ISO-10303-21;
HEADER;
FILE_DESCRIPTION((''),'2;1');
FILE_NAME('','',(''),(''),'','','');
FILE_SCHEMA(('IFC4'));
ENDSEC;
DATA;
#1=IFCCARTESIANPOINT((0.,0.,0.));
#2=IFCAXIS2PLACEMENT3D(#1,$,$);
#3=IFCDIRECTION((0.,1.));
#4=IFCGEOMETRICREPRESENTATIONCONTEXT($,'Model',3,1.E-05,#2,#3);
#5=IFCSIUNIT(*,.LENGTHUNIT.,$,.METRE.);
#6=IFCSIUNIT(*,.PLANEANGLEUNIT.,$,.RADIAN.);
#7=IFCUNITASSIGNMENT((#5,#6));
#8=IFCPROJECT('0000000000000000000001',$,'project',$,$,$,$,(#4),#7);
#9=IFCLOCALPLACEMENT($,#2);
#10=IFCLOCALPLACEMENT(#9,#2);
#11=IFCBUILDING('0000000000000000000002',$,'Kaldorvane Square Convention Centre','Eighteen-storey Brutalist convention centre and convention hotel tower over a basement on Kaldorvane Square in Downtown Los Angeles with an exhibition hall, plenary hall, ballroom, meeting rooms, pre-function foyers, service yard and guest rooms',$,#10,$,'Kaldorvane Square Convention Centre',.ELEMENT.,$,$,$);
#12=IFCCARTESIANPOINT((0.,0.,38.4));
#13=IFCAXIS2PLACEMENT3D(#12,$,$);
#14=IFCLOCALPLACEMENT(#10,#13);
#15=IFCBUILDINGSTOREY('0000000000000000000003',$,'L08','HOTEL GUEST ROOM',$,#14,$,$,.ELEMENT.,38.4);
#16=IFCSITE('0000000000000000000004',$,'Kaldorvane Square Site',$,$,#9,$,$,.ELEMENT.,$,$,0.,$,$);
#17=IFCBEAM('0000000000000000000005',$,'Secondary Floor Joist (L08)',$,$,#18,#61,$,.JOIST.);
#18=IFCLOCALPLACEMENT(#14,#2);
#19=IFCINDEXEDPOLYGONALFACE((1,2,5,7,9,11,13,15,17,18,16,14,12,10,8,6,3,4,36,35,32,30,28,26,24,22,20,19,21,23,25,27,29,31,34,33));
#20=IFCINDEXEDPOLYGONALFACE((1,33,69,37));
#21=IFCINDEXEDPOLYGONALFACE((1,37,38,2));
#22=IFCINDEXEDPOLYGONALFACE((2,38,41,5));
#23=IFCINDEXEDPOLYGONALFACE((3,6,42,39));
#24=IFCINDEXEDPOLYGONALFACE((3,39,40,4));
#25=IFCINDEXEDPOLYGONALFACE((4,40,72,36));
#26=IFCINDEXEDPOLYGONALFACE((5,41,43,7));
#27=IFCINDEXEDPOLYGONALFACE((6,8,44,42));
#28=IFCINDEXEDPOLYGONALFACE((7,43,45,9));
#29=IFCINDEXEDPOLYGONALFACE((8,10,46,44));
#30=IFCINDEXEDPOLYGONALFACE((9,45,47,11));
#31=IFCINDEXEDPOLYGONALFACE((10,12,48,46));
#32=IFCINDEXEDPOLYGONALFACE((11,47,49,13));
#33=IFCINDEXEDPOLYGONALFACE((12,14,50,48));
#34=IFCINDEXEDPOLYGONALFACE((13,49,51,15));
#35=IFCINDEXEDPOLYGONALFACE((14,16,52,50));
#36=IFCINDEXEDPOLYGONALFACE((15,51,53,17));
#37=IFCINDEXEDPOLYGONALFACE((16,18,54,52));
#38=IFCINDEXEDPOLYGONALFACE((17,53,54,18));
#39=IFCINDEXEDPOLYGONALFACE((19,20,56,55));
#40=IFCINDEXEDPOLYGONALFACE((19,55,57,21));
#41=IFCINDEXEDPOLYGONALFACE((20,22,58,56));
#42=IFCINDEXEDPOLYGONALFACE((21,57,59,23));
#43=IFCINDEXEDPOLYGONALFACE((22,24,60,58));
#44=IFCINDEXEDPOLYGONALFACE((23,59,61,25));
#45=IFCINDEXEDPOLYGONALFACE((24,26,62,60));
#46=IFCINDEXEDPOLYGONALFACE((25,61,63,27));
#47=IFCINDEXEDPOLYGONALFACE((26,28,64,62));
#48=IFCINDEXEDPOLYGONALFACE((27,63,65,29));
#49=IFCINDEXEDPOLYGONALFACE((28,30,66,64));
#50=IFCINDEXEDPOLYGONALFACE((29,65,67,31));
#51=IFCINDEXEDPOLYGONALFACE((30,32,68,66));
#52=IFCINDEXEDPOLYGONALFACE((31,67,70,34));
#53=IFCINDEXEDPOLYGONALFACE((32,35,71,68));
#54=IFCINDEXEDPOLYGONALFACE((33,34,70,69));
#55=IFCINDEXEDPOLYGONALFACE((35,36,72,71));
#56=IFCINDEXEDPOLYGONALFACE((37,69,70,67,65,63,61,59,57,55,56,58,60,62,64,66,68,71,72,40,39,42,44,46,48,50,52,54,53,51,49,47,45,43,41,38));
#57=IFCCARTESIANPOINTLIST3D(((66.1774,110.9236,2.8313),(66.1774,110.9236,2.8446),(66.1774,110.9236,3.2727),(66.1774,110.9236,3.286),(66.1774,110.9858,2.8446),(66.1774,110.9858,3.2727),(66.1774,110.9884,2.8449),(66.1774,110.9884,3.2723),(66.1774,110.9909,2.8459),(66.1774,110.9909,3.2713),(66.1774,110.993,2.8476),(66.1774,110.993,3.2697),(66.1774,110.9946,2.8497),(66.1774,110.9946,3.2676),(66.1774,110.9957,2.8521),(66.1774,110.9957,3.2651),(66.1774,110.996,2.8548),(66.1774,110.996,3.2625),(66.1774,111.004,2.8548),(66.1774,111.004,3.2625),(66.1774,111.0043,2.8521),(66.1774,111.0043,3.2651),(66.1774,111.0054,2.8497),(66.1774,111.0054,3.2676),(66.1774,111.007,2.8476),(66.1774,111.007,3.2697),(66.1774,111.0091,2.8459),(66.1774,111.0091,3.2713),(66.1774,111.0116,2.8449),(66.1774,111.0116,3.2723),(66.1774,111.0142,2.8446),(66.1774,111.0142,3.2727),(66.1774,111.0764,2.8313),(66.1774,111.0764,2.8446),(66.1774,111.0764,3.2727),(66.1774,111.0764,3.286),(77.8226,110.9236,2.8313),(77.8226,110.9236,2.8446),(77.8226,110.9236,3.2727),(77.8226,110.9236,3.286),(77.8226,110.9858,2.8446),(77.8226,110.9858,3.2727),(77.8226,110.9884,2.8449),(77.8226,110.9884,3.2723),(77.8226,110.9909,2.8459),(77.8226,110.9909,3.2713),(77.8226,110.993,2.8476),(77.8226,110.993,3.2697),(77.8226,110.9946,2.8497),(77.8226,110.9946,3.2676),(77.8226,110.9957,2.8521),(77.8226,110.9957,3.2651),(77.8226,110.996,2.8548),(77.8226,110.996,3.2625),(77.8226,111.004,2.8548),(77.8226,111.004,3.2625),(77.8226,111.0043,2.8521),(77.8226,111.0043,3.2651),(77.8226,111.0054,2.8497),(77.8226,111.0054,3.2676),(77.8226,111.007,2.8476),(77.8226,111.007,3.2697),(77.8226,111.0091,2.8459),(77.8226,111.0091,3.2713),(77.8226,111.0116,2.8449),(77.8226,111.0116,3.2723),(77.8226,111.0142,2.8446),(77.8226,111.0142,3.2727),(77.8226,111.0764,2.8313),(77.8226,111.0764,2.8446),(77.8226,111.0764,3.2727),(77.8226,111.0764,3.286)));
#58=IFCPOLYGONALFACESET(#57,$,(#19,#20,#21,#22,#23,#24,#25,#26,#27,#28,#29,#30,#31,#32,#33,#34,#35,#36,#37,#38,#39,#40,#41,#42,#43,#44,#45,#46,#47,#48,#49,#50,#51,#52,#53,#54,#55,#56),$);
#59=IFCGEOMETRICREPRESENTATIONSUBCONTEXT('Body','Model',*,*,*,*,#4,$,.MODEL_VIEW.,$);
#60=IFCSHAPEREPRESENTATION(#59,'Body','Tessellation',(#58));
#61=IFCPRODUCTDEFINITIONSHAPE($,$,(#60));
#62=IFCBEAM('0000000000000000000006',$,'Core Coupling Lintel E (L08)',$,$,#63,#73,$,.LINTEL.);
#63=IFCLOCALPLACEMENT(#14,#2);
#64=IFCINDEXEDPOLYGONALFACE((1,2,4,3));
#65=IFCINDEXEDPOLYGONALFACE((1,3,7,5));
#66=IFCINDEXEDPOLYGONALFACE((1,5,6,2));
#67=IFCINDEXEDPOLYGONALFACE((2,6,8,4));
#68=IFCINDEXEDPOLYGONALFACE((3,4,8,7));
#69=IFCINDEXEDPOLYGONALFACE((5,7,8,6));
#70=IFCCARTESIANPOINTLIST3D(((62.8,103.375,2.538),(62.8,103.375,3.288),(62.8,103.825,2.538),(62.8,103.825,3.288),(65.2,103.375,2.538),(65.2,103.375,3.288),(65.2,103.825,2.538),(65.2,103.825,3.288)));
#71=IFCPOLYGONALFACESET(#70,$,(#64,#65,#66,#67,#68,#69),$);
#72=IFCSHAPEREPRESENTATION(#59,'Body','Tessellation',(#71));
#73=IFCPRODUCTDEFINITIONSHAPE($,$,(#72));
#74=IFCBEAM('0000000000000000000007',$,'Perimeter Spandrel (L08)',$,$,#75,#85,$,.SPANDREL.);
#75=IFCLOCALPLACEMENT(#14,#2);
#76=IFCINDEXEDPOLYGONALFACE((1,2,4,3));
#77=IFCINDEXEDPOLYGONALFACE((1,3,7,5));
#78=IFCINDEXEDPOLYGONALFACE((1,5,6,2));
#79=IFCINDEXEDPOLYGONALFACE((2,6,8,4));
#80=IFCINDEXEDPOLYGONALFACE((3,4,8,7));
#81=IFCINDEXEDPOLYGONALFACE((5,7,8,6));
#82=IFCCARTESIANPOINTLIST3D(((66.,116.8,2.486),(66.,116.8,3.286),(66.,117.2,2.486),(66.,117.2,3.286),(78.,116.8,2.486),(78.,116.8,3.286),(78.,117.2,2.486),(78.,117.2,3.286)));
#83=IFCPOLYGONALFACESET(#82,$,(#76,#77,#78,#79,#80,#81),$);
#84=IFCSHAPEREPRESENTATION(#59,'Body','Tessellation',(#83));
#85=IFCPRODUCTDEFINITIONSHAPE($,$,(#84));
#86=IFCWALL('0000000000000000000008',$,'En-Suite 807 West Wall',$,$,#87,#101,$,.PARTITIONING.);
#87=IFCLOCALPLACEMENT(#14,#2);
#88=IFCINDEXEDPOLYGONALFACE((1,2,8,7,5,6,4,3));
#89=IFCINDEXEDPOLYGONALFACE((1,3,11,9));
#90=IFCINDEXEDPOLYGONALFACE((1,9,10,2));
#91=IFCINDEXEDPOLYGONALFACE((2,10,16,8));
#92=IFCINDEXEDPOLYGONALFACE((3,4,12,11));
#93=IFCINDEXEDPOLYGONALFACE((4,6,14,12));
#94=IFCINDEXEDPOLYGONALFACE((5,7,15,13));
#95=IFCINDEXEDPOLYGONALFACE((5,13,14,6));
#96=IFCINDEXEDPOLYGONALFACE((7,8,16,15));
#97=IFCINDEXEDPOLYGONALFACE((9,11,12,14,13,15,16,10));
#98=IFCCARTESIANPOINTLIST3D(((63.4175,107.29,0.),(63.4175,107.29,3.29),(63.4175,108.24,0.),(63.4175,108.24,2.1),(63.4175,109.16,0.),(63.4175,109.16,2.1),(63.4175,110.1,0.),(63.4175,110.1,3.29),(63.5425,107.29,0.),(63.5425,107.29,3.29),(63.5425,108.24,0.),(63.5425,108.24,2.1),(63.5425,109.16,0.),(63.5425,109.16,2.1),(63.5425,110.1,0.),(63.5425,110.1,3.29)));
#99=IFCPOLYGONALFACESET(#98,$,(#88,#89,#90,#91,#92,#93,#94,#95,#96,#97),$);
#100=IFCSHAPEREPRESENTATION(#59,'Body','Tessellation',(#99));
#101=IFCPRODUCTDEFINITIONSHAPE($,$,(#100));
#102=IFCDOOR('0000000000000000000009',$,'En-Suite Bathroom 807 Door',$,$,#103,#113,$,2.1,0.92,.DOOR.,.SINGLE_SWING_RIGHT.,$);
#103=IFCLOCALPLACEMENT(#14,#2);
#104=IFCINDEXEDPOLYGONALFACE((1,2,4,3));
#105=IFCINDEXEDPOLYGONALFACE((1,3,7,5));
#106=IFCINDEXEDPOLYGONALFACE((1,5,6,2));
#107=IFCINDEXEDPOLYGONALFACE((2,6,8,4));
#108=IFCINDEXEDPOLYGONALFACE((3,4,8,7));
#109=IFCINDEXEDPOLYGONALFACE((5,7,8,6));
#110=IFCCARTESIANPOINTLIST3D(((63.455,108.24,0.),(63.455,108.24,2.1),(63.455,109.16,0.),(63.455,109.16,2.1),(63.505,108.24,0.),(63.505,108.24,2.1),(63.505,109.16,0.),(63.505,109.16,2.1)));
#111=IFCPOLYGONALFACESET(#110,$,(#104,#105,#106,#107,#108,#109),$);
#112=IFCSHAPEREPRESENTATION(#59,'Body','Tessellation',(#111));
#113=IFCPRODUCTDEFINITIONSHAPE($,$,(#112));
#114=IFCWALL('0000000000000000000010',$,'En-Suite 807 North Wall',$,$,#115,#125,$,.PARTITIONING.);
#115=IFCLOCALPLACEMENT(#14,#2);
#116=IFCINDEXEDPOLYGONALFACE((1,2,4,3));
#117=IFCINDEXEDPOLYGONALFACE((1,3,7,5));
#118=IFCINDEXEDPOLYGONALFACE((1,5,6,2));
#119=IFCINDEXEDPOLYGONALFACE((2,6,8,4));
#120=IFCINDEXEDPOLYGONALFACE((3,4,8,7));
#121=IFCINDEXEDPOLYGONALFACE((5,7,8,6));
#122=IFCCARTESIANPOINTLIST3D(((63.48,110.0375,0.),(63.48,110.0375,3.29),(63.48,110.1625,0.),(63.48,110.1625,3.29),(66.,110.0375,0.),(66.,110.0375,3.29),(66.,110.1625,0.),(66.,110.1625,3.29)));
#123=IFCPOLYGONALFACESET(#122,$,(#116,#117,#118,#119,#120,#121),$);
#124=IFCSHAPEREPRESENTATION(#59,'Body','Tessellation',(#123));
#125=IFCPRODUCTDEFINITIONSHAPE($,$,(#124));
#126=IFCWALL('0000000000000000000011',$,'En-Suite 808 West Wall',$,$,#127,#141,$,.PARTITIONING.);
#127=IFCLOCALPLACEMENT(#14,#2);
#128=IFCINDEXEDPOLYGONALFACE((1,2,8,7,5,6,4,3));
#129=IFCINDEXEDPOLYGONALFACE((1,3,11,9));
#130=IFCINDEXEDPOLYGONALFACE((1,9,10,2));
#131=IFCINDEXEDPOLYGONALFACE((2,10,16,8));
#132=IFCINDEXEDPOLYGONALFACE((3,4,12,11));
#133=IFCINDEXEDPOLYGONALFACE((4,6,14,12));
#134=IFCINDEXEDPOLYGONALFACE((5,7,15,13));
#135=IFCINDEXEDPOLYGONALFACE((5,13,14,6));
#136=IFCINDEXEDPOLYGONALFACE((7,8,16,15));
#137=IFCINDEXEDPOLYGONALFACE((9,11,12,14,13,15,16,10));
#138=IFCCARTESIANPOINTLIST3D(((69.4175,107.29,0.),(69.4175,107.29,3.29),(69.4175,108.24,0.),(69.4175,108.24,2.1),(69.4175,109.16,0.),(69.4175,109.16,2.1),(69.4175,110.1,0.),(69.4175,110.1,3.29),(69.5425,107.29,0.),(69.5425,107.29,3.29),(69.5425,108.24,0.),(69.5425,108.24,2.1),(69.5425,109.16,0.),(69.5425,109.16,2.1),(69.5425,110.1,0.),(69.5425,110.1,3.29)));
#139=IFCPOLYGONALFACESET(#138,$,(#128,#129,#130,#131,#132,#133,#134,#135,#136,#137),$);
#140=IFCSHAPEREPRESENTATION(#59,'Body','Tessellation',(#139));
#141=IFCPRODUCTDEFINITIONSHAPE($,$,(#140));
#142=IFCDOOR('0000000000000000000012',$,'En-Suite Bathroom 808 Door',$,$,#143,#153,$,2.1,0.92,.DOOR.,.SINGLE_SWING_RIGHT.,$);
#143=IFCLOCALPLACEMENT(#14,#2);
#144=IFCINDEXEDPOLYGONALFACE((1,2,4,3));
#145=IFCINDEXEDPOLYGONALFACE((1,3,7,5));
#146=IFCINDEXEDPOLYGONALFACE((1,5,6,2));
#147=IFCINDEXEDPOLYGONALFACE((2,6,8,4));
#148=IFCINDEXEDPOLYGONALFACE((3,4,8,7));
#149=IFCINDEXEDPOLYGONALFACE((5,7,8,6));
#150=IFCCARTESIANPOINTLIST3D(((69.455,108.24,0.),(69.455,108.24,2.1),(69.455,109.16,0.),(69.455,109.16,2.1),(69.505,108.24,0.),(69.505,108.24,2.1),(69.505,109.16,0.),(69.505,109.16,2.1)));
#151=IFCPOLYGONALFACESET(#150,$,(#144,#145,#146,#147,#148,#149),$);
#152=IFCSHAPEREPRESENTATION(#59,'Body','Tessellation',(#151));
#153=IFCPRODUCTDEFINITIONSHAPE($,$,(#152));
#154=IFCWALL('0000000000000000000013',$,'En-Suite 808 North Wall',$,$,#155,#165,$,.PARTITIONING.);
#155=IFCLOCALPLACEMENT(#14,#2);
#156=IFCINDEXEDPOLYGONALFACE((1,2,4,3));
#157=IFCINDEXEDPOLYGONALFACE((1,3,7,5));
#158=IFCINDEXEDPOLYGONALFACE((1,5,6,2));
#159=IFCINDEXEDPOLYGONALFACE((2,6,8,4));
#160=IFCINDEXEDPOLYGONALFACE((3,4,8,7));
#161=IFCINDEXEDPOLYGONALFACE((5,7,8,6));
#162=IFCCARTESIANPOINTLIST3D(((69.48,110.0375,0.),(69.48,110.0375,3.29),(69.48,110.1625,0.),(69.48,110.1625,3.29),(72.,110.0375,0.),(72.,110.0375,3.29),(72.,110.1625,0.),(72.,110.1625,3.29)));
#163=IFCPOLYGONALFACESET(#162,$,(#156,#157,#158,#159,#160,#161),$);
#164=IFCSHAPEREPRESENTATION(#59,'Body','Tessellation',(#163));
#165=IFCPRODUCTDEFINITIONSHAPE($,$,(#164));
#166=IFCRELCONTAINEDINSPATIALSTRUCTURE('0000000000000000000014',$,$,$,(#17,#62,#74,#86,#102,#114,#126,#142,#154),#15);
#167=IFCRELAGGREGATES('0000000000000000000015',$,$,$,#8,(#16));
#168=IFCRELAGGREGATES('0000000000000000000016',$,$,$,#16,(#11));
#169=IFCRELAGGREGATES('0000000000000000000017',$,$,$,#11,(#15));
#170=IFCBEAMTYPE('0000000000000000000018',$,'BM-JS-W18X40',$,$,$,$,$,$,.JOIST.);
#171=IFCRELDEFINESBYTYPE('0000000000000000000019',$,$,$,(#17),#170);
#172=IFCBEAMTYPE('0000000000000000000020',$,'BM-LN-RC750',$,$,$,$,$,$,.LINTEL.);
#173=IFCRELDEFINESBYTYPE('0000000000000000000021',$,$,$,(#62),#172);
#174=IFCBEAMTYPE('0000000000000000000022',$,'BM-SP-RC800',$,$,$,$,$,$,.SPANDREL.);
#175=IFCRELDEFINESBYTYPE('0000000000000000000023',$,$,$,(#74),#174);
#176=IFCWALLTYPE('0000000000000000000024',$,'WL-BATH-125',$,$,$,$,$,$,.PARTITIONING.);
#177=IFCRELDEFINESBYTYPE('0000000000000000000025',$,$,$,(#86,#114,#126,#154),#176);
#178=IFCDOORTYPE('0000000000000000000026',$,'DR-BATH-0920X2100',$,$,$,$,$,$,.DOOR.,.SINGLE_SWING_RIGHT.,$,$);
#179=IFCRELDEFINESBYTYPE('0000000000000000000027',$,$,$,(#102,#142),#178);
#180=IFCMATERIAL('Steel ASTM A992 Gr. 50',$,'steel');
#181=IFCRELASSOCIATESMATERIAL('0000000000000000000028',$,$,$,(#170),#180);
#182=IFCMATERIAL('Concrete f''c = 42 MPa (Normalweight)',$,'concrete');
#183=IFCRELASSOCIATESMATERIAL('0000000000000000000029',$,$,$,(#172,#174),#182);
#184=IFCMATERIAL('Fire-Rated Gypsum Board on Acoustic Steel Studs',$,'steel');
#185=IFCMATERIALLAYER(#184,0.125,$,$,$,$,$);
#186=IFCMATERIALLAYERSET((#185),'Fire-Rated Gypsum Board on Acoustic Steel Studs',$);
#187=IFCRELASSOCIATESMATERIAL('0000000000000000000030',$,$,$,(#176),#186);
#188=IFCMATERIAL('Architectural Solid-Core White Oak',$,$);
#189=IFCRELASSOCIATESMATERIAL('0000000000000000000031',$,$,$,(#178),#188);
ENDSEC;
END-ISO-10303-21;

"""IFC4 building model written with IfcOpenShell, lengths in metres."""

from ifc_helpers import new_model, si_unit, direction, frame, frame_2d, origin, origin_2d, place, context, subcontext, project, spatial, rectangle, i_section, extrude, material, layer, layer_set, material_profile, profile_set, type_object, element, fill, save


model = new_model("IFC4")

# Units and contexts
model_context = context("Model", 3, precision=1e-05, world=origin(), true_north=direction((0.0, 1.0)))
body_context = subcontext(model_context, "Body", "Model", "MODEL_VIEW")
ifc_project = project(units=[si_unit("LENGTHUNIT", "METRE"), si_unit("PLANEANGLEUNIT", "RADIAN")], contexts=[model_context])

# Site, building, storey
site_placement = place(None, origin())
site = spatial("IfcSite", under=ifc_project, at=site_placement, Name="Kaldorvane Square Site", CompositionType="ELEMENT", RefElevation=0.0)
building_placement = place(site_placement, origin())
building = spatial("IfcBuilding", under=site, at=building_placement, Name="Kaldorvane Square Convention Centre", Description="Eighteen-storey Brutalist convention centre and convention hotel tower over a basement on Kaldorvane Square in Downtown Los Angeles with an exhibition hall, plenary hall, ballroom, meeting rooms, pre-function foyers, service yard and guest rooms", LongName="Kaldorvane Square Convention Centre", CompositionType="ELEMENT")
storey_placement = place(building_placement, frame((0.0, 0.0, 38.4)))
storey = spatial("IfcBuildingStorey", under=building, at=storey_placement, Name="L08", Description="HOTEL GUEST ROOM", CompositionType="ELEMENT", Elevation=38.4)

# Shared definitions
ifc_material_1 = material(Name="Concrete f'c = 42 MPa (Normalweight)", Category="concrete")
ifc_material_2 = material(Name="Steel ASTM A992 Gr. 50", Category="steel")

# Beams
ifc_material_profile_1 = material_profile(ifc_material_2, i_section(OverallWidth=0.1528, OverallDepth=0.4547, WebThickness=0.008, FlangeThickness=0.0133, FilletRadius=0.0102, at=origin_2d()), Name="W18X40")
ifc_profile_set_1 = profile_set([ifc_material_profile_1], Name="Steel ASTM A992 Gr. 50")
beam_type_1 = type_object("IfcBeamType", Name="BM-JS-W18X40", PredefinedType="JOIST", material=ifc_profile_set_1)
beam_1_placement = place(storey_placement, frame((66.1774, 111.0, 3.0586), z_axis=(1.0, 0.0, 0.0), x_axis=(0.0, 1.0, 0.0)))
element("IfcBeam", 1, at=beam_1_placement, inside=storey, type_object=beam_type_1, Name="Secondary Floor Joist (L08)", PredefinedType="JOIST", context=body_context, shape_type="SweptSolid", body=[
    extrude(i_section(OverallWidth=0.1528, OverallDepth=0.4547, WebThickness=0.008, FlangeThickness=0.0133, FilletRadius=0.0102, at=origin_2d()), origin(), (0.0, 0.0, 1.0), 11.6452),
])
ifc_material_profile_2 = material_profile(ifc_material_1, rectangle(XDim=0.45, YDim=0.75, at=origin_2d()), Name="RCLN750X450")
ifc_profile_set_2 = profile_set([ifc_material_profile_2], Name="Concrete f'c = 42 MPa (Normalweight)")
beam_type_2 = type_object("IfcBeamType", Name="BM-LN-RC750", PredefinedType="LINTEL", material=ifc_profile_set_2)
beam_2_placement = place(storey_placement, frame((62.8, 103.6, 2.913), z_axis=(1.0, 0.0, 0.0), x_axis=(0.0, 1.0, 0.0)))
element("IfcBeam", 2, at=beam_2_placement, inside=storey, type_object=beam_type_2, Name="Core Coupling Lintel E (L08)", PredefinedType="LINTEL", context=body_context, shape_type="SweptSolid", body=[
    extrude(rectangle(XDim=0.45, YDim=0.75, at=origin_2d()), origin(), (0.0, 0.0, 1.0), 2.4),
])
ifc_material_profile_3 = material_profile(ifc_material_1, rectangle(XDim=0.4, YDim=0.8, at=origin_2d()), Name="RCSP800X400")
ifc_profile_set_3 = profile_set([ifc_material_profile_3], Name="Concrete f'c = 42 MPa (Normalweight)")
beam_type_3 = type_object("IfcBeamType", Name="BM-SP-RC800", PredefinedType="SPANDREL", material=ifc_profile_set_3)
beam_3_placement = place(storey_placement, frame((66.0, 117.0, 2.886), z_axis=(1.0, 0.0, 0.0), x_axis=(0.0, 1.0, 0.0)))
element("IfcBeam", 3, at=beam_3_placement, inside=storey, type_object=beam_type_3, Name="Perimeter Spandrel (L08)", PredefinedType="SPANDREL", context=body_context, shape_type="SweptSolid", body=[
    extrude(rectangle(XDim=0.4, YDim=0.8, at=origin_2d()), origin(), (0.0, 0.0, 1.0), 12.0),
])

# Wall, opening, door
ifc_material_3 = material(Name="Fire-Rated Gypsum Board on Acoustic Steel Studs", Category="steel")
ifc_layer_1 = layer(ifc_material_3, 0.125)
ifc_layer_set_1 = layer_set([ifc_layer_1], Name="Fire-Rated Gypsum Board on Acoustic Steel Studs")
wall_type_1 = type_object("IfcWallType", Name="WL-BATH-125", PredefinedType="PARTITIONING", material=ifc_layer_set_1)
wall_1_placement = place(storey_placement, frame((63.48, 107.29, 0.0), z_axis=(0.0, 0.0, 1.0), x_axis=(0.0, 1.0, 0.0)))
wall_1 = element("IfcWall", 4, at=wall_1_placement, inside=storey, type_object=wall_type_1, Name="En-Suite 807 West Wall", PredefinedType="PARTITIONING", context=body_context, shape_type="SweptSolid", body=[
    extrude(rectangle(XDim=2.81, YDim=0.125, at=frame_2d((1.405, 0.0))), origin(), (0.0, 0.0, 1.0), 3.29),
])
opening_1_placement = place(wall_1_placement, frame((0.95, 0.0, 0.0)))
opening_1 = element("IfcOpeningElement", 5, at=opening_1_placement, cuts=wall_1, PredefinedType="OPENING", context=body_context, shape_type="SweptSolid", body=[
    extrude(rectangle(XDim=0.92, YDim=2.1, at=frame_2d((0.46, 1.05))), frame((0.0, 0.0775, 0.0), z_axis=(0.0, -1.0, 0.0), x_axis=(1.0, 0.0, 0.0)), (0.0, 0.0, 1.0), 0.155),
])
ifc_material_4 = material(Name="Architectural Solid-Core White Oak")
door_type_1 = type_object("IfcDoorType", Name="DR-BATH-0920X2100", OperationType="SINGLE_SWING_RIGHT", PredefinedType="DOOR", material=ifc_material_4)
door_1_placement = place(opening_1_placement, origin())
door_1 = element("IfcDoor", 6, at=door_1_placement, inside=storey, type_object=door_type_1, Name="En-Suite Bathroom 807 Door", OperationType="SINGLE_SWING_RIGHT", OverallHeight=2.1, OverallWidth=0.92, PredefinedType="DOOR", context=body_context, shape_type="SweptSolid", body=[
    extrude(rectangle(XDim=0.92, YDim=2.1, at=frame_2d((0.46, 1.05))), frame((0.0, 0.025, 0.0), z_axis=(0.0, -1.0, 0.0), x_axis=(1.0, 0.0, 0.0)), (0.0, 0.0, 1.0), 0.05),
])
fill(opening_1, door_1)

# Wall
wall_2_placement = place(storey_placement, frame((63.48, 110.1, 0.0), z_axis=(0.0, 0.0, 1.0), x_axis=(1.0, 0.0, 0.0)))
element("IfcWall", 7, at=wall_2_placement, inside=storey, type_object=wall_type_1, Name="En-Suite 807 North Wall", PredefinedType="PARTITIONING", context=body_context, shape_type="SweptSolid", body=[
    extrude(rectangle(XDim=2.52, YDim=0.125, at=frame_2d((1.26, 0.0))), origin(), (0.0, 0.0, 1.0), 3.29),
])

# Wall, opening, door
wall_3_placement = place(storey_placement, frame((69.48, 107.29, 0.0), z_axis=(0.0, 0.0, 1.0), x_axis=(0.0, 1.0, 0.0)))
wall_3 = element("IfcWall", 8, at=wall_3_placement, inside=storey, type_object=wall_type_1, Name="En-Suite 808 West Wall", PredefinedType="PARTITIONING", context=body_context, shape_type="SweptSolid", body=[
    extrude(rectangle(XDim=2.81, YDim=0.125, at=frame_2d((1.405, 0.0))), origin(), (0.0, 0.0, 1.0), 3.29),
])
opening_2_placement = place(wall_3_placement, frame((0.95, 0.0, 0.0)))
opening_2 = element("IfcOpeningElement", 9, at=opening_2_placement, cuts=wall_3, PredefinedType="OPENING", context=body_context, shape_type="SweptSolid", body=[
    extrude(rectangle(XDim=0.92, YDim=2.1, at=frame_2d((0.46, 1.05))), frame((0.0, 0.0775, 0.0), z_axis=(0.0, -1.0, 0.0), x_axis=(1.0, 0.0, 0.0)), (0.0, 0.0, 1.0), 0.155),
])
door_2_placement = place(opening_2_placement, origin())
door_2 = element("IfcDoor", 10, at=door_2_placement, inside=storey, type_object=door_type_1, Name="En-Suite Bathroom 808 Door", OperationType="SINGLE_SWING_RIGHT", OverallHeight=2.1, OverallWidth=0.92, PredefinedType="DOOR", context=body_context, shape_type="SweptSolid", body=[
    extrude(rectangle(XDim=0.92, YDim=2.1, at=frame_2d((0.46, 1.05))), frame((0.0, 0.025, 0.0), z_axis=(0.0, -1.0, 0.0), x_axis=(1.0, 0.0, 0.0)), (0.0, 0.0, 1.0), 0.05),
])
fill(opening_2, door_2)

# Wall
wall_4_placement = place(storey_placement, frame((69.48, 110.1, 0.0), z_axis=(0.0, 0.0, 1.0), x_axis=(1.0, 0.0, 0.0)))
element("IfcWall", 11, at=wall_4_placement, inside=storey, type_object=wall_type_1, Name="En-Suite 808 North Wall", PredefinedType="PARTITIONING", context=body_context, shape_type="SweptSolid", body=[
    extrude(rectangle(XDim=2.52, YDim=0.125, at=frame_2d((1.26, 0.0))), origin(), (0.0, 0.0, 1.0), 3.29),
])

save(model, "model.ifc")
